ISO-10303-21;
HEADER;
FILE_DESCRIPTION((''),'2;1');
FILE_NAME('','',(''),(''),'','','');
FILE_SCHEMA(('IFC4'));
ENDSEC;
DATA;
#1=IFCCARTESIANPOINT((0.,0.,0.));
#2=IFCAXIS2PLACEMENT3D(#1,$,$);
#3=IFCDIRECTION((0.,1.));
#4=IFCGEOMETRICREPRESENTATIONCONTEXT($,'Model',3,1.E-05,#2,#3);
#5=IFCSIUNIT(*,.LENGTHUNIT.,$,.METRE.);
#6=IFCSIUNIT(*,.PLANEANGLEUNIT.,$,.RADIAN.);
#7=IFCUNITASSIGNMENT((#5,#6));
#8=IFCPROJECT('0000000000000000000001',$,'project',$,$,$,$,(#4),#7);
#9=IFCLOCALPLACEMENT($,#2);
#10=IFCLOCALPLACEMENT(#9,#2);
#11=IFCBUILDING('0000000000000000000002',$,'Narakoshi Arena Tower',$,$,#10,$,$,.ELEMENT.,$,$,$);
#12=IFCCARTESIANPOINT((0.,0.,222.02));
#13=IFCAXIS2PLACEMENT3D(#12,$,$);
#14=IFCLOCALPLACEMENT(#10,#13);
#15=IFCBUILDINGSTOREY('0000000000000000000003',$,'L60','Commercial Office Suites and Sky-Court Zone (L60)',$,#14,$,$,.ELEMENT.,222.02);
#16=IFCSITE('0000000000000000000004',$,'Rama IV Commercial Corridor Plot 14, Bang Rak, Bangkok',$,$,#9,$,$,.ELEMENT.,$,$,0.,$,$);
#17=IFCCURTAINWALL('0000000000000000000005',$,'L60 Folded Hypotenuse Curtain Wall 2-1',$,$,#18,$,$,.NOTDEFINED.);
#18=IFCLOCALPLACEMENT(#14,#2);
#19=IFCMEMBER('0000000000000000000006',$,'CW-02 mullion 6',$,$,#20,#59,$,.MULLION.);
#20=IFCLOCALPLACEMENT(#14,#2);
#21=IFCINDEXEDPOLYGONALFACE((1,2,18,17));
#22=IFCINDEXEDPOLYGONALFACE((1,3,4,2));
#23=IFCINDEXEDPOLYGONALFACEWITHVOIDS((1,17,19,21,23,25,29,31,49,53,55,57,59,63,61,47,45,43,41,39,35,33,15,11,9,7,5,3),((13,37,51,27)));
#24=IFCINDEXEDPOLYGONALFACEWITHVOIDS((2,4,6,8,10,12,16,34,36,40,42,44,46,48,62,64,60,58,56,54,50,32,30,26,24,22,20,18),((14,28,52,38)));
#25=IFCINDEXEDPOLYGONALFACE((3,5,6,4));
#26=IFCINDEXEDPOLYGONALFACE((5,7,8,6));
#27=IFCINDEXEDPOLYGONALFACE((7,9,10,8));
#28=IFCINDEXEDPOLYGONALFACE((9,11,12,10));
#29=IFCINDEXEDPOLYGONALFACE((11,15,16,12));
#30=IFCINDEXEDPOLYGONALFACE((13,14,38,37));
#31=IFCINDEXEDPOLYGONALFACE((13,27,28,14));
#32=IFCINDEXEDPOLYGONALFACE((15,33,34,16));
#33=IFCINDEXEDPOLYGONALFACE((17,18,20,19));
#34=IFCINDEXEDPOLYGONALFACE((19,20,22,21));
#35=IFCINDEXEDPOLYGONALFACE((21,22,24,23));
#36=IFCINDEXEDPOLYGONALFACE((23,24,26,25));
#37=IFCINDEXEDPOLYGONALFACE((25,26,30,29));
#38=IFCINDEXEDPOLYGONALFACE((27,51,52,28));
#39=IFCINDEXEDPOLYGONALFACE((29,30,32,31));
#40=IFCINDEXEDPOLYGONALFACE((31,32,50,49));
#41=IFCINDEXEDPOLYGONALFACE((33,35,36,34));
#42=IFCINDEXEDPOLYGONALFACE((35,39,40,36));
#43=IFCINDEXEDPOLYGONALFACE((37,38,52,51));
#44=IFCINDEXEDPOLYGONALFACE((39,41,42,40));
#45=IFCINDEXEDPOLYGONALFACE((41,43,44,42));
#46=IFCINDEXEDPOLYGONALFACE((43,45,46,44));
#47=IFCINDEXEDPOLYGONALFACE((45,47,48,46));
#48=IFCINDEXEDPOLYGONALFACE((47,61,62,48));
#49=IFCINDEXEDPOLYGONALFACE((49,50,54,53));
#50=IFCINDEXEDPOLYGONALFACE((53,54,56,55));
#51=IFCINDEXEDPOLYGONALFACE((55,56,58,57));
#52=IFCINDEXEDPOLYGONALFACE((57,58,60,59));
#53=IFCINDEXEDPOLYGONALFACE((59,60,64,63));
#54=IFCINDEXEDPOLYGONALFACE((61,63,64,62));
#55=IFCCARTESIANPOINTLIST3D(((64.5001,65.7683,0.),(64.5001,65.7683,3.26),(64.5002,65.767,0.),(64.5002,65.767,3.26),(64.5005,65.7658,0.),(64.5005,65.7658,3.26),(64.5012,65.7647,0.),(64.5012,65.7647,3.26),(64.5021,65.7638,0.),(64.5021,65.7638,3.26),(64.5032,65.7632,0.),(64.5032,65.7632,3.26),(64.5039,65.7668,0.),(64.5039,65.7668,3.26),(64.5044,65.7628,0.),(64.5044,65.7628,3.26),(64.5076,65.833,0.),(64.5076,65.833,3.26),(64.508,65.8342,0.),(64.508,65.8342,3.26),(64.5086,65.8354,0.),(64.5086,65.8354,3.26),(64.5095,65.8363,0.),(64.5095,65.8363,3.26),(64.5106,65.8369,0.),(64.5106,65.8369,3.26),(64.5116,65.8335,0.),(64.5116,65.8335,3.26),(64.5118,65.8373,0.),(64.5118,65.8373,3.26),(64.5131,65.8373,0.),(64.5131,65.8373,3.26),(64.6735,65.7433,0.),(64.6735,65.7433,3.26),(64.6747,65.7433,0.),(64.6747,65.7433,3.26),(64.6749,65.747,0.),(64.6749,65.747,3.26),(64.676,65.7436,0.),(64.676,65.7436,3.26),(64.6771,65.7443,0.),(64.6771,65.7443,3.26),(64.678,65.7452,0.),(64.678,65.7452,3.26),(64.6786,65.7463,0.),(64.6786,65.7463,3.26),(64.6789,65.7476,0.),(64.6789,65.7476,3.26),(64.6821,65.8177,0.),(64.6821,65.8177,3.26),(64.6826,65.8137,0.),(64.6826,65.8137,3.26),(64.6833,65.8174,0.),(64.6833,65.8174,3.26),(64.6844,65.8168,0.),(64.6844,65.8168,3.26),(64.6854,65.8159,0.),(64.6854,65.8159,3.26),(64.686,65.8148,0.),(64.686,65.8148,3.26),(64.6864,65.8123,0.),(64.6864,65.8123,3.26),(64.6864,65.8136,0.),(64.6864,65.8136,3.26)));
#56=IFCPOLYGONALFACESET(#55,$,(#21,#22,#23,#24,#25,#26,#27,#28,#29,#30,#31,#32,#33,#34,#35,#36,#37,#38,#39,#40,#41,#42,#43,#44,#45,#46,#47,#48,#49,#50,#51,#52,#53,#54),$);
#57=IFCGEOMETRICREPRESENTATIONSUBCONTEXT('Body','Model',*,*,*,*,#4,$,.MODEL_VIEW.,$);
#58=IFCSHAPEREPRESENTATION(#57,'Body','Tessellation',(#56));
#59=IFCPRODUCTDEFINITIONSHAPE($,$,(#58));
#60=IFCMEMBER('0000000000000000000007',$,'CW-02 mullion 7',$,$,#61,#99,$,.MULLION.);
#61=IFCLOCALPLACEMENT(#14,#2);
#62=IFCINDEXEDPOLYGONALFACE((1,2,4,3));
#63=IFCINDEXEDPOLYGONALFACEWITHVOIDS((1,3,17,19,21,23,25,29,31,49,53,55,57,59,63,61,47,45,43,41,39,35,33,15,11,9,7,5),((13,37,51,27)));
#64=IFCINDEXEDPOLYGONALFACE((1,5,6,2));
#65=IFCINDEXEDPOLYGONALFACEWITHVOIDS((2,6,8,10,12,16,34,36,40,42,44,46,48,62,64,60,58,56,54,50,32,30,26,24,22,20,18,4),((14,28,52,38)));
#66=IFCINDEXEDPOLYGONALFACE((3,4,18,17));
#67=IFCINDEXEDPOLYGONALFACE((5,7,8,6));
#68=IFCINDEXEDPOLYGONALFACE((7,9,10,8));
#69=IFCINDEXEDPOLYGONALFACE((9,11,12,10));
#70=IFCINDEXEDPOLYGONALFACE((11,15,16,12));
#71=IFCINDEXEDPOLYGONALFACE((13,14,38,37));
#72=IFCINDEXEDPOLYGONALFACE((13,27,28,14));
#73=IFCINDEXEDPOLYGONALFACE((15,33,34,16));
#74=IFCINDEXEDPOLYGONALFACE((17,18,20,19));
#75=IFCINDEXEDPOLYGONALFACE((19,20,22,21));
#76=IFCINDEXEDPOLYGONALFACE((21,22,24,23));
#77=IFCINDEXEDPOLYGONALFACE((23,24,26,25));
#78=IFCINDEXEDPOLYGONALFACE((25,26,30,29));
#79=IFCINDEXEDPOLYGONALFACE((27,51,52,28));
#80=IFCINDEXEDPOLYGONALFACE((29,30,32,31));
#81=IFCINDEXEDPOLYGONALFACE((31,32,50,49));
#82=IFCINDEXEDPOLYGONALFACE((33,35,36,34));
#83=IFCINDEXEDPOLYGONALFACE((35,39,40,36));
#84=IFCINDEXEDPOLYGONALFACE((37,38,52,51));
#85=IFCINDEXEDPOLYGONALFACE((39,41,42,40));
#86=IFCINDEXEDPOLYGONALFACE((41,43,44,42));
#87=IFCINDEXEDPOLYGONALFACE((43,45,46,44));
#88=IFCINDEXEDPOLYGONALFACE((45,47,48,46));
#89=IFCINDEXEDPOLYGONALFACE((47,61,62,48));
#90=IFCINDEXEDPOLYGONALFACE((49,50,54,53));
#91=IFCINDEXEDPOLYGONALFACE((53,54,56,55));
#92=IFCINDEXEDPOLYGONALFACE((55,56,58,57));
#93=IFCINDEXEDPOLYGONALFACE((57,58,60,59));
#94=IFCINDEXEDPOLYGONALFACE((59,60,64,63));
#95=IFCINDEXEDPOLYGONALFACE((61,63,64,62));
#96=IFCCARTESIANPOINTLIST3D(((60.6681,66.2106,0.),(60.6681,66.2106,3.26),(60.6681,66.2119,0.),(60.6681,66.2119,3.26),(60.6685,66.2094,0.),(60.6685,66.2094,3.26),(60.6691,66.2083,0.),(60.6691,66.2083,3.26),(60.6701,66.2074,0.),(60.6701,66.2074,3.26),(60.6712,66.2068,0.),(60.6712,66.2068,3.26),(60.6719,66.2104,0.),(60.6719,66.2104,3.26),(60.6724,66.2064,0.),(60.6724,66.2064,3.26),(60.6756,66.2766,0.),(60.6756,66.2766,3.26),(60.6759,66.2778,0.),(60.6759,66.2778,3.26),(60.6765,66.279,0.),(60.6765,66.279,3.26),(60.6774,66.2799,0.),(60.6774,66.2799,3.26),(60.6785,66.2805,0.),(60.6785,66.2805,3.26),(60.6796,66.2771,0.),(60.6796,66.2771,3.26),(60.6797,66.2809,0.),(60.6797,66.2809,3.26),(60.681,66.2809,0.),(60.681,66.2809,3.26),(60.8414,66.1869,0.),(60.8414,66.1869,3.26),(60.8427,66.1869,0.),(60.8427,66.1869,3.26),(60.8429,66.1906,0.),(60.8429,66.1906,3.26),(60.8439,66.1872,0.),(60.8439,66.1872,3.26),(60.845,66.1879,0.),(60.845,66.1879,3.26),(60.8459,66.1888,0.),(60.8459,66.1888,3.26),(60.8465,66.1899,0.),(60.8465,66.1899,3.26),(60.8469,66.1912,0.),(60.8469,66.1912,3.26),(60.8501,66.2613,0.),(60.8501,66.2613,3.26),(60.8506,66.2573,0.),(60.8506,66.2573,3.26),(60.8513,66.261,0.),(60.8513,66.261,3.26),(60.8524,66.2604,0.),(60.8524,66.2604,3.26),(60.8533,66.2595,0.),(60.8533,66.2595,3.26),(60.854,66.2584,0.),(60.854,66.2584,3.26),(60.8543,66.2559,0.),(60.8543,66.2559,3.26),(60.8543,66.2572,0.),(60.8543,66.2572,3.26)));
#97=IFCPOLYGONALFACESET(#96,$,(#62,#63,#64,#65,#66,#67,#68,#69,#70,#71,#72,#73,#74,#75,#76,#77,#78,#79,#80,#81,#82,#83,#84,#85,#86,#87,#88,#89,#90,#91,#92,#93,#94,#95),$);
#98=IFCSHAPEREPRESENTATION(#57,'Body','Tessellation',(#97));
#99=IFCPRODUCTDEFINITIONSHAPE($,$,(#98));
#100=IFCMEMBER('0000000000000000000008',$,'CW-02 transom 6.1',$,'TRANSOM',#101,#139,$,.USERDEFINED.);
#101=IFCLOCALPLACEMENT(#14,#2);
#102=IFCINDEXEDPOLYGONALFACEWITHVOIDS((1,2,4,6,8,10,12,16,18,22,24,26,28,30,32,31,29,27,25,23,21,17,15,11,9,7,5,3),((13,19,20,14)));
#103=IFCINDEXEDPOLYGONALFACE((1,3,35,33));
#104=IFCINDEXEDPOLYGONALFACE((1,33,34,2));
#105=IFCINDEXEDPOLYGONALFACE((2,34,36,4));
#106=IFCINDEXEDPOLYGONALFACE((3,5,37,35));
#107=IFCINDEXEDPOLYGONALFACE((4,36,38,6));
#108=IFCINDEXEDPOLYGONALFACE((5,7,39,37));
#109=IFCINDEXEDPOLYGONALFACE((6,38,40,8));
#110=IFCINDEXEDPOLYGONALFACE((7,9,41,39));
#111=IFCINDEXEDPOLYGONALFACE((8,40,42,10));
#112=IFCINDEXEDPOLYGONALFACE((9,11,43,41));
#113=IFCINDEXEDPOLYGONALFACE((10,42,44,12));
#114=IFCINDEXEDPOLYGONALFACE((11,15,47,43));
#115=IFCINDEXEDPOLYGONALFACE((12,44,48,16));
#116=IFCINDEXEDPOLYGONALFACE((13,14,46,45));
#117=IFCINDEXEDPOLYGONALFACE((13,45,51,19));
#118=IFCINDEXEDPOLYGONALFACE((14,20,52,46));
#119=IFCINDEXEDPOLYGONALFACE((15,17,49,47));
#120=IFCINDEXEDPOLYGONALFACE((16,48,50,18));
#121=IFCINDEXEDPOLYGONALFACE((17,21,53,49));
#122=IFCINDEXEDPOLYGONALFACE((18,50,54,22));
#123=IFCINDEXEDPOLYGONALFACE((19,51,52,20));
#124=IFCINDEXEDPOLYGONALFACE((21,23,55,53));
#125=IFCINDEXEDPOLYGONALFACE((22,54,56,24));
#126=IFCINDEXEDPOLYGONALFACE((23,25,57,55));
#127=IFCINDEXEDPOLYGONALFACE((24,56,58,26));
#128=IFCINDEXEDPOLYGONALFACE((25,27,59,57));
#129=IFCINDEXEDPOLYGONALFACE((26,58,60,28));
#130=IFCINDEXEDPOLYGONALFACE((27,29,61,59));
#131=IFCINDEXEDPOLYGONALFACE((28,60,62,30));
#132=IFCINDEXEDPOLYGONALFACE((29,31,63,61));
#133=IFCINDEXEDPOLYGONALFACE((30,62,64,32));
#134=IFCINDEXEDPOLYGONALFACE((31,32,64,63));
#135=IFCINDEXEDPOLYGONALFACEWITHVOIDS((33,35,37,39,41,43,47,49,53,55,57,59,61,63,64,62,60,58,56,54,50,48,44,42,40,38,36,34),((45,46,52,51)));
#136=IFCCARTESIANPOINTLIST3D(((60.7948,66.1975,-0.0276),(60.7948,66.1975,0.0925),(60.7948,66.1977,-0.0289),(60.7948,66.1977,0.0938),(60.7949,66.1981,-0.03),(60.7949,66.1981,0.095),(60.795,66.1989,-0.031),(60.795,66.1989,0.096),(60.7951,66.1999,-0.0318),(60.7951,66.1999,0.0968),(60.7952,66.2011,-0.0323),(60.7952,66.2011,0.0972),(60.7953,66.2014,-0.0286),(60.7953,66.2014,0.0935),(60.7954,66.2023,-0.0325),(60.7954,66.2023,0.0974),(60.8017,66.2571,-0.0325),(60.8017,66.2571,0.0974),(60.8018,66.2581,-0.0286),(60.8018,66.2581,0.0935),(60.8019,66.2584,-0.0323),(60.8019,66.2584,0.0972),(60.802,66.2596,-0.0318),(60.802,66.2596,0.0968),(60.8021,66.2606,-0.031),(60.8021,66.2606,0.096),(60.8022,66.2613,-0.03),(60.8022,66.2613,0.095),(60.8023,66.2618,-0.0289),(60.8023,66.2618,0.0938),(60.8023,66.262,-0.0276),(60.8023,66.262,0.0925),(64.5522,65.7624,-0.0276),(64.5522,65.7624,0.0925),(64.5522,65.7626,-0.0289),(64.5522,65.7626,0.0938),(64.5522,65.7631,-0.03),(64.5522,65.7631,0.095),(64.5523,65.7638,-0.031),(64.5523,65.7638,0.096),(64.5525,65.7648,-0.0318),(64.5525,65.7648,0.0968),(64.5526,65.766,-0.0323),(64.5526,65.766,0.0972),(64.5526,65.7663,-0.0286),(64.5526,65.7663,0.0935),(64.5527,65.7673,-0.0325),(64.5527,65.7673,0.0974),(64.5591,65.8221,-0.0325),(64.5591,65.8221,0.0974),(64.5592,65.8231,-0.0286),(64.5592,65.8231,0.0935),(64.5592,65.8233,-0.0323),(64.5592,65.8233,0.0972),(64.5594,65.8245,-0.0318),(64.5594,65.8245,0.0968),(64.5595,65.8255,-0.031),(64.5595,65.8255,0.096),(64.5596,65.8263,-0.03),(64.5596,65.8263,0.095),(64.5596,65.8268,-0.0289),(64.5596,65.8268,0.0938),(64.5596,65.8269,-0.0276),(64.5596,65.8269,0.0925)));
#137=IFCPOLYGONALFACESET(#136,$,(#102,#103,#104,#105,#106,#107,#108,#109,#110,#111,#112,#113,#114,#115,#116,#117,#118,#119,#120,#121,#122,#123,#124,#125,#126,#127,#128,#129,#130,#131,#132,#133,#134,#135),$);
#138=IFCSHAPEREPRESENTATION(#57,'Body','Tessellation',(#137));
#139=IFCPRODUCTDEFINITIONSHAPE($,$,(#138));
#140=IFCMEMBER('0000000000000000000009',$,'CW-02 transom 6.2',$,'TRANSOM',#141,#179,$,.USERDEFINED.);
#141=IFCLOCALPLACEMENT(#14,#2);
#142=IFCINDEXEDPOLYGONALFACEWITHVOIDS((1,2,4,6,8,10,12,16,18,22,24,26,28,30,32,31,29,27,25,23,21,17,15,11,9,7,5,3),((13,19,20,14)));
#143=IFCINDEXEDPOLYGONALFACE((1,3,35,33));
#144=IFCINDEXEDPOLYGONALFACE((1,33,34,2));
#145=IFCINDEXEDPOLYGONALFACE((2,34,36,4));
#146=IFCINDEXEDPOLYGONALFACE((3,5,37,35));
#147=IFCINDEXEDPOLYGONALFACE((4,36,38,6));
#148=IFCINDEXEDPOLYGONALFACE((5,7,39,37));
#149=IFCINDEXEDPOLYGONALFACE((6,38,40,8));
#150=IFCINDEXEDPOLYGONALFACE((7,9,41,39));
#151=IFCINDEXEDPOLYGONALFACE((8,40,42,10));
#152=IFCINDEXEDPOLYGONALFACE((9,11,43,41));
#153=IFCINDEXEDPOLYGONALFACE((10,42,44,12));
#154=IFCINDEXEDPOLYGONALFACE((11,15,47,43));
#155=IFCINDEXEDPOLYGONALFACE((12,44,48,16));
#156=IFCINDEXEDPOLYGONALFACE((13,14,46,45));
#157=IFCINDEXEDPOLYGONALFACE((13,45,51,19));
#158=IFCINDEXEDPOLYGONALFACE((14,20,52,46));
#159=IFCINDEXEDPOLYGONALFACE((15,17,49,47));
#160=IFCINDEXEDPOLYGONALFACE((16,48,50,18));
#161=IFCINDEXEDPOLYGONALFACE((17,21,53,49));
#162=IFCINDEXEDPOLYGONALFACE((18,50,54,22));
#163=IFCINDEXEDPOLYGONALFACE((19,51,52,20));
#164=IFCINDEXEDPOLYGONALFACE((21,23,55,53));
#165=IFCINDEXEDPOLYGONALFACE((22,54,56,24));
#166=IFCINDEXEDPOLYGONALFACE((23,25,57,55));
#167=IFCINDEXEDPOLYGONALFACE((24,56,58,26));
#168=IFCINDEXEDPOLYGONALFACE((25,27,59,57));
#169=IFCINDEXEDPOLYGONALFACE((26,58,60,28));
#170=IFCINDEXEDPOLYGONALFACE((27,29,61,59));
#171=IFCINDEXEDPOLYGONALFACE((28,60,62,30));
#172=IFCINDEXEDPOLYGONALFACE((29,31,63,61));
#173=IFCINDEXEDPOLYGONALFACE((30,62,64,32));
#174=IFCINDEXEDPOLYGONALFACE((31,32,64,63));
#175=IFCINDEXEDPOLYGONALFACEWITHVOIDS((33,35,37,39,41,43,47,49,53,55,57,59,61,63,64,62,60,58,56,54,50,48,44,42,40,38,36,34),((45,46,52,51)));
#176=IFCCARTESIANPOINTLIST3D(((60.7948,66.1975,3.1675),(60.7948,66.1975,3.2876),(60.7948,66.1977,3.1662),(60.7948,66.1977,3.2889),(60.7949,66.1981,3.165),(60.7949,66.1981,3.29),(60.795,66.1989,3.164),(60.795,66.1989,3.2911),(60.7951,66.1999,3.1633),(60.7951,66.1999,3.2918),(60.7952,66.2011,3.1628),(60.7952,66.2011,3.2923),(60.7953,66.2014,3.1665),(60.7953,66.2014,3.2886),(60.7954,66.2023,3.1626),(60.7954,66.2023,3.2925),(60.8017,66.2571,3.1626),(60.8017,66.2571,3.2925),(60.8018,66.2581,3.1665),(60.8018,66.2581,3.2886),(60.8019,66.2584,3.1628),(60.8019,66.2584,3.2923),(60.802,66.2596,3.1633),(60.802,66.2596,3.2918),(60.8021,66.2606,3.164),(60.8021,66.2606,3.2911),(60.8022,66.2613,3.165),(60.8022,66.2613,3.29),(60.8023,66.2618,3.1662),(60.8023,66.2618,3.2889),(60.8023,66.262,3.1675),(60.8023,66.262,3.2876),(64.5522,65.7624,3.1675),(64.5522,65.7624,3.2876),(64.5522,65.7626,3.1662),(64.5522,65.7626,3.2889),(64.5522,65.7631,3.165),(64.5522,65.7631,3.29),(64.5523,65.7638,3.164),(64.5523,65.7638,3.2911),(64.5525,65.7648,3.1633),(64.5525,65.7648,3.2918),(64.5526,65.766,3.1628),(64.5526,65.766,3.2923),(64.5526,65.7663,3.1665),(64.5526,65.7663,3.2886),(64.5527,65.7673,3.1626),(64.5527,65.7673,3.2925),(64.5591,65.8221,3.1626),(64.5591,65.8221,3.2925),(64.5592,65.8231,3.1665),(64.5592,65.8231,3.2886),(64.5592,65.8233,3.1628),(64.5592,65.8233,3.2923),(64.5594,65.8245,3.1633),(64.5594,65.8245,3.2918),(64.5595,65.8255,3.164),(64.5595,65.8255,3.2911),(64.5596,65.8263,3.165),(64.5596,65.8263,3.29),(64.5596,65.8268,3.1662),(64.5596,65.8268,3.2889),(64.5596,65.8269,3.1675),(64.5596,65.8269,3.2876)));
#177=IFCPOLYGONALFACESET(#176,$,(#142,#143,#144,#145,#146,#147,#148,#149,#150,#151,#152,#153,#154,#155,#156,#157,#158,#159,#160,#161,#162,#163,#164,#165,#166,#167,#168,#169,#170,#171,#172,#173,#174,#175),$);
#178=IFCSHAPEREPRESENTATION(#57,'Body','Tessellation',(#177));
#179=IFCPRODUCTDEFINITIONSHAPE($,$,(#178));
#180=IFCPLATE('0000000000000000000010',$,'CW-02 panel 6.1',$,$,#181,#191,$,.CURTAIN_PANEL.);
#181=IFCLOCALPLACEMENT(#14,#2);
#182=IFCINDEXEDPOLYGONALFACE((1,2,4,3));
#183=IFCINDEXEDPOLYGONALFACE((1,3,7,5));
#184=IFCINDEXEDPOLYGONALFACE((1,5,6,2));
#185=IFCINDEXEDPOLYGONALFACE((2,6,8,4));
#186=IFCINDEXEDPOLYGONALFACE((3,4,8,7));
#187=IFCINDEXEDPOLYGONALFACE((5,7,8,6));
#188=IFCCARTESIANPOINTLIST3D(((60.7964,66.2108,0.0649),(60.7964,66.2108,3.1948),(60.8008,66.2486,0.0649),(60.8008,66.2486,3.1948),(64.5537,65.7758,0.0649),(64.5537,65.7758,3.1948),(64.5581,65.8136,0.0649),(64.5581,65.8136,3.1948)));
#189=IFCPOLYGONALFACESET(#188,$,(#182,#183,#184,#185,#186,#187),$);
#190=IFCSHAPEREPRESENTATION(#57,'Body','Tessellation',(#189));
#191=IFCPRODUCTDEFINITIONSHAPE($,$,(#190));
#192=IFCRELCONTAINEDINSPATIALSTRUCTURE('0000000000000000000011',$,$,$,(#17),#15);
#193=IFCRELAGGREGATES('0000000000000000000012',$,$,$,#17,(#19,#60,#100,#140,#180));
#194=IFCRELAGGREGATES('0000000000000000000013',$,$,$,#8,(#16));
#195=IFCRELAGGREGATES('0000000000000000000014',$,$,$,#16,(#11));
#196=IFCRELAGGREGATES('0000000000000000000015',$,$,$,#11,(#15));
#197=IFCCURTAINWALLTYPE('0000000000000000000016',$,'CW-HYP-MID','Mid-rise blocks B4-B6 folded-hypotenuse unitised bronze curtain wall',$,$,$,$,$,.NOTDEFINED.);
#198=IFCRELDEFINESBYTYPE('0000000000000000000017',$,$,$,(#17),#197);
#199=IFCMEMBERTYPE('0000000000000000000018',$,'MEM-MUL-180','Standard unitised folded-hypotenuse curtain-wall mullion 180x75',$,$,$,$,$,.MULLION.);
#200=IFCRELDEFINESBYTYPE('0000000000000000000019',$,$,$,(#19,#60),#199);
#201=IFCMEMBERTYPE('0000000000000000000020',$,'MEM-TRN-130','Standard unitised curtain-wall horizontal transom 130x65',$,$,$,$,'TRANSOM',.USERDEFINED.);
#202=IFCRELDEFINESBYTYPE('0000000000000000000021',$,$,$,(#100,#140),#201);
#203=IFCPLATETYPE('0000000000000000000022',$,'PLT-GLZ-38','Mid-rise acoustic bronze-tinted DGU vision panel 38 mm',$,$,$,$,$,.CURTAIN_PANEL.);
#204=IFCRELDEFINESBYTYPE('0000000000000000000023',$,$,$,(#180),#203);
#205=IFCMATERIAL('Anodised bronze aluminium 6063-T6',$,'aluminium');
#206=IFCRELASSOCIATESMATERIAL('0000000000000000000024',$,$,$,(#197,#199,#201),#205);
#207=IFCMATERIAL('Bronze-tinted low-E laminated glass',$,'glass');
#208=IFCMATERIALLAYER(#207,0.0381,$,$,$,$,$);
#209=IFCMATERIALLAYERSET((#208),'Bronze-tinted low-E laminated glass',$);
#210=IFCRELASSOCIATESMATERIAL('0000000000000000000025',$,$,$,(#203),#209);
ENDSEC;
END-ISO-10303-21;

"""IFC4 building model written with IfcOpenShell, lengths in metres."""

from ifc_helpers import new_model, si_unit, direction, frame, origin, origin_2d, place, context, subcontext, project, spatial, rectangle, hollow_rectangle, extrude, material, layer, layer_set, material_profile, profile_set, type_object, element, aggregate, save


model = new_model("IFC4")

# Units and contexts
model_context = context("Model", 3, precision=1e-05, world=origin(), true_north=direction((0.0, 1.0)))
body_context = subcontext(model_context, "Body", "Model", "MODEL_VIEW")
ifc_project = project(units=[si_unit("LENGTHUNIT", "METRE"), si_unit("PLANEANGLEUNIT", "RADIAN")], contexts=[model_context])

# Site, building, storey
site_placement = place(None, origin())
site = spatial("IfcSite", under=ifc_project, at=site_placement, Name="Rama IV Commercial Corridor Plot 14, Bang Rak, Bangkok", CompositionType="ELEMENT", RefElevation=0.0)
building_placement = place(site_placement, origin())
building = spatial("IfcBuilding", under=site, at=building_placement, Name="Narakoshi Arena Tower", CompositionType="ELEMENT")
storey_placement = place(building_placement, frame((0.0, 0.0, 222.02)))
storey = spatial("IfcBuildingStorey", under=building, at=storey_placement, Name="L60", Description="Commercial Office Suites and Sky-Court Zone (L60)", CompositionType="ELEMENT", Elevation=222.02)

# Curtain wall, members, plate
ifc_material_1 = material(Name="Anodised bronze aluminium 6063-T6", Category="aluminium")
curtain_wall_type = type_object("IfcCurtainWallType", Name="CW-HYP-MID", Description="Mid-rise blocks B4-B6 folded-hypotenuse unitised bronze curtain wall", PredefinedType="NOTDEFINED", material=ifc_material_1)
curtain_wall_placement = place(storey_placement, origin())
curtain_wall = element("IfcCurtainWall", 1, at=curtain_wall_placement, inside=storey, type_object=curtain_wall_type, Name="L60 Folded Hypotenuse Curtain Wall 2-1", PredefinedType="NOTDEFINED")
ifc_material_profile_1 = material_profile(ifc_material_1, hollow_rectangle(XDim=0.075, YDim=0.1799, WallThickness=0.0039, OuterFilletRadius=0.0049, at=origin_2d()), Name="MUL180x75x4")
ifc_profile_set_1 = profile_set([ifc_material_profile_1], Name="Anodised bronze aluminium 6063-T6")
member_type_1 = type_object("IfcMemberType", Name="MEM-MUL-180", Description="Standard unitised folded-hypotenuse curtain-wall mullion 180x75", PredefinedType="MULLION", material=ifc_profile_set_1)
member_1_placement = place(storey_placement, frame((64.5933, 65.7903, 0.0), z_axis=(0.0, 0.0, 1.0), x_axis=(-0.115011, -0.993364, 0.0)))
member_1 = element("IfcMember", 2, at=member_1_placement, type_object=member_type_1, Name="CW-02 mullion 6", PredefinedType="MULLION", context=body_context, shape_type="SweptSolid", body=[
    extrude(hollow_rectangle(XDim=0.075, YDim=0.1799, WallThickness=0.0039, OuterFilletRadius=0.0049, at=origin_2d()), origin(), (0.0, 0.0, 1.0), 3.26),
])
member_2_placement = place(storey_placement, frame((60.7612, 66.2339, 0.0), z_axis=(0.0, 0.0, 1.0), x_axis=(-0.115011, -0.993364, 0.0)))
member_2 = element("IfcMember", 3, at=member_2_placement, type_object=member_type_1, Name="CW-02 mullion 7", PredefinedType="MULLION", context=body_context, shape_type="SweptSolid", body=[
    extrude(hollow_rectangle(XDim=0.075, YDim=0.1799, WallThickness=0.0039, OuterFilletRadius=0.0049, at=origin_2d()), origin(), (0.0, 0.0, 1.0), 3.26),
])
ifc_material_profile_2 = material_profile(ifc_material_1, hollow_rectangle(XDim=0.0649, YDim=0.1299, WallThickness=0.0039, OuterFilletRadius=0.0049, at=origin_2d()), Name="TRN130x65x4")
ifc_profile_set_2 = profile_set([ifc_material_profile_2], Name="Anodised bronze aluminium 6063-T6")
member_type_2 = type_object("IfcMemberType", Name="MEM-TRN-130", Description="Standard unitised curtain-wall horizontal transom 130x65", ElementType="TRANSOM", PredefinedType="USERDEFINED", material=ifc_profile_set_2)
member_3_placement = place(storey_placement, frame((64.5559, 65.7947, 0.0325), z_axis=(-0.993363, 0.115021, 0.0), x_axis=(-0.115021, -0.993363, 0.0)))
member_3 = element("IfcMember", 4, at=member_3_placement, type_object=member_type_2, Name="CW-02 transom 6.1", ObjectType="TRANSOM", PredefinedType="USERDEFINED", context=body_context, shape_type="SweptSolid", body=[
    extrude(hollow_rectangle(XDim=0.0649, YDim=0.1299, WallThickness=0.0039, OuterFilletRadius=0.0049, at=origin_2d()), origin(), (0.0, 0.0, 1.0), 3.7825),
])
member_4_placement = place(storey_placement, frame((64.5559, 65.7947, 3.2275), z_axis=(-0.993363, 0.115021, 0.0), x_axis=(-0.115021, -0.993363, 0.0)))
member_4 = element("IfcMember", 5, at=member_4_placement, type_object=member_type_2, Name="CW-02 transom 6.2", ObjectType="TRANSOM", PredefinedType="USERDEFINED", context=body_context, shape_type="SweptSolid", body=[
    extrude(hollow_rectangle(XDim=0.0649, YDim=0.1299, WallThickness=0.0039, OuterFilletRadius=0.0049, at=origin_2d()), origin(), (0.0, 0.0, 1.0), 3.7825),
])
ifc_material_2 = material(Name="Bronze-tinted low-E laminated glass", Category="glass")
ifc_layer_1 = layer(ifc_material_2, 0.0381)
ifc_layer_set_1 = layer_set([ifc_layer_1], Name="Bronze-tinted low-E laminated glass")
plate_type = type_object("IfcPlateType", Name="PLT-GLZ-38", Description="Mid-rise acoustic bronze-tinted DGU vision panel 38 mm", PredefinedType="CURTAIN_PANEL", material=ifc_layer_set_1)
plate_placement = place(storey_placement, frame((62.6772, 66.0122, 0.0649), z_axis=(0.0, 0.0, 1.0), x_axis=(-0.993364, 0.115011, 0.0)))
plate = element("IfcPlate", 6, at=plate_placement, type_object=plate_type, Name="CW-02 panel 6.1", PredefinedType="CURTAIN_PANEL", context=body_context, shape_type="SweptSolid", body=[
    extrude(rectangle(XDim=3.7825, YDim=0.0381, at=origin_2d()), origin(), (0.0, 0.0, 1.0), 3.1299),
])
aggregate(curtain_wall, [member_1, member_2, member_3, member_4, plate])

save(model, "model.ifc")
